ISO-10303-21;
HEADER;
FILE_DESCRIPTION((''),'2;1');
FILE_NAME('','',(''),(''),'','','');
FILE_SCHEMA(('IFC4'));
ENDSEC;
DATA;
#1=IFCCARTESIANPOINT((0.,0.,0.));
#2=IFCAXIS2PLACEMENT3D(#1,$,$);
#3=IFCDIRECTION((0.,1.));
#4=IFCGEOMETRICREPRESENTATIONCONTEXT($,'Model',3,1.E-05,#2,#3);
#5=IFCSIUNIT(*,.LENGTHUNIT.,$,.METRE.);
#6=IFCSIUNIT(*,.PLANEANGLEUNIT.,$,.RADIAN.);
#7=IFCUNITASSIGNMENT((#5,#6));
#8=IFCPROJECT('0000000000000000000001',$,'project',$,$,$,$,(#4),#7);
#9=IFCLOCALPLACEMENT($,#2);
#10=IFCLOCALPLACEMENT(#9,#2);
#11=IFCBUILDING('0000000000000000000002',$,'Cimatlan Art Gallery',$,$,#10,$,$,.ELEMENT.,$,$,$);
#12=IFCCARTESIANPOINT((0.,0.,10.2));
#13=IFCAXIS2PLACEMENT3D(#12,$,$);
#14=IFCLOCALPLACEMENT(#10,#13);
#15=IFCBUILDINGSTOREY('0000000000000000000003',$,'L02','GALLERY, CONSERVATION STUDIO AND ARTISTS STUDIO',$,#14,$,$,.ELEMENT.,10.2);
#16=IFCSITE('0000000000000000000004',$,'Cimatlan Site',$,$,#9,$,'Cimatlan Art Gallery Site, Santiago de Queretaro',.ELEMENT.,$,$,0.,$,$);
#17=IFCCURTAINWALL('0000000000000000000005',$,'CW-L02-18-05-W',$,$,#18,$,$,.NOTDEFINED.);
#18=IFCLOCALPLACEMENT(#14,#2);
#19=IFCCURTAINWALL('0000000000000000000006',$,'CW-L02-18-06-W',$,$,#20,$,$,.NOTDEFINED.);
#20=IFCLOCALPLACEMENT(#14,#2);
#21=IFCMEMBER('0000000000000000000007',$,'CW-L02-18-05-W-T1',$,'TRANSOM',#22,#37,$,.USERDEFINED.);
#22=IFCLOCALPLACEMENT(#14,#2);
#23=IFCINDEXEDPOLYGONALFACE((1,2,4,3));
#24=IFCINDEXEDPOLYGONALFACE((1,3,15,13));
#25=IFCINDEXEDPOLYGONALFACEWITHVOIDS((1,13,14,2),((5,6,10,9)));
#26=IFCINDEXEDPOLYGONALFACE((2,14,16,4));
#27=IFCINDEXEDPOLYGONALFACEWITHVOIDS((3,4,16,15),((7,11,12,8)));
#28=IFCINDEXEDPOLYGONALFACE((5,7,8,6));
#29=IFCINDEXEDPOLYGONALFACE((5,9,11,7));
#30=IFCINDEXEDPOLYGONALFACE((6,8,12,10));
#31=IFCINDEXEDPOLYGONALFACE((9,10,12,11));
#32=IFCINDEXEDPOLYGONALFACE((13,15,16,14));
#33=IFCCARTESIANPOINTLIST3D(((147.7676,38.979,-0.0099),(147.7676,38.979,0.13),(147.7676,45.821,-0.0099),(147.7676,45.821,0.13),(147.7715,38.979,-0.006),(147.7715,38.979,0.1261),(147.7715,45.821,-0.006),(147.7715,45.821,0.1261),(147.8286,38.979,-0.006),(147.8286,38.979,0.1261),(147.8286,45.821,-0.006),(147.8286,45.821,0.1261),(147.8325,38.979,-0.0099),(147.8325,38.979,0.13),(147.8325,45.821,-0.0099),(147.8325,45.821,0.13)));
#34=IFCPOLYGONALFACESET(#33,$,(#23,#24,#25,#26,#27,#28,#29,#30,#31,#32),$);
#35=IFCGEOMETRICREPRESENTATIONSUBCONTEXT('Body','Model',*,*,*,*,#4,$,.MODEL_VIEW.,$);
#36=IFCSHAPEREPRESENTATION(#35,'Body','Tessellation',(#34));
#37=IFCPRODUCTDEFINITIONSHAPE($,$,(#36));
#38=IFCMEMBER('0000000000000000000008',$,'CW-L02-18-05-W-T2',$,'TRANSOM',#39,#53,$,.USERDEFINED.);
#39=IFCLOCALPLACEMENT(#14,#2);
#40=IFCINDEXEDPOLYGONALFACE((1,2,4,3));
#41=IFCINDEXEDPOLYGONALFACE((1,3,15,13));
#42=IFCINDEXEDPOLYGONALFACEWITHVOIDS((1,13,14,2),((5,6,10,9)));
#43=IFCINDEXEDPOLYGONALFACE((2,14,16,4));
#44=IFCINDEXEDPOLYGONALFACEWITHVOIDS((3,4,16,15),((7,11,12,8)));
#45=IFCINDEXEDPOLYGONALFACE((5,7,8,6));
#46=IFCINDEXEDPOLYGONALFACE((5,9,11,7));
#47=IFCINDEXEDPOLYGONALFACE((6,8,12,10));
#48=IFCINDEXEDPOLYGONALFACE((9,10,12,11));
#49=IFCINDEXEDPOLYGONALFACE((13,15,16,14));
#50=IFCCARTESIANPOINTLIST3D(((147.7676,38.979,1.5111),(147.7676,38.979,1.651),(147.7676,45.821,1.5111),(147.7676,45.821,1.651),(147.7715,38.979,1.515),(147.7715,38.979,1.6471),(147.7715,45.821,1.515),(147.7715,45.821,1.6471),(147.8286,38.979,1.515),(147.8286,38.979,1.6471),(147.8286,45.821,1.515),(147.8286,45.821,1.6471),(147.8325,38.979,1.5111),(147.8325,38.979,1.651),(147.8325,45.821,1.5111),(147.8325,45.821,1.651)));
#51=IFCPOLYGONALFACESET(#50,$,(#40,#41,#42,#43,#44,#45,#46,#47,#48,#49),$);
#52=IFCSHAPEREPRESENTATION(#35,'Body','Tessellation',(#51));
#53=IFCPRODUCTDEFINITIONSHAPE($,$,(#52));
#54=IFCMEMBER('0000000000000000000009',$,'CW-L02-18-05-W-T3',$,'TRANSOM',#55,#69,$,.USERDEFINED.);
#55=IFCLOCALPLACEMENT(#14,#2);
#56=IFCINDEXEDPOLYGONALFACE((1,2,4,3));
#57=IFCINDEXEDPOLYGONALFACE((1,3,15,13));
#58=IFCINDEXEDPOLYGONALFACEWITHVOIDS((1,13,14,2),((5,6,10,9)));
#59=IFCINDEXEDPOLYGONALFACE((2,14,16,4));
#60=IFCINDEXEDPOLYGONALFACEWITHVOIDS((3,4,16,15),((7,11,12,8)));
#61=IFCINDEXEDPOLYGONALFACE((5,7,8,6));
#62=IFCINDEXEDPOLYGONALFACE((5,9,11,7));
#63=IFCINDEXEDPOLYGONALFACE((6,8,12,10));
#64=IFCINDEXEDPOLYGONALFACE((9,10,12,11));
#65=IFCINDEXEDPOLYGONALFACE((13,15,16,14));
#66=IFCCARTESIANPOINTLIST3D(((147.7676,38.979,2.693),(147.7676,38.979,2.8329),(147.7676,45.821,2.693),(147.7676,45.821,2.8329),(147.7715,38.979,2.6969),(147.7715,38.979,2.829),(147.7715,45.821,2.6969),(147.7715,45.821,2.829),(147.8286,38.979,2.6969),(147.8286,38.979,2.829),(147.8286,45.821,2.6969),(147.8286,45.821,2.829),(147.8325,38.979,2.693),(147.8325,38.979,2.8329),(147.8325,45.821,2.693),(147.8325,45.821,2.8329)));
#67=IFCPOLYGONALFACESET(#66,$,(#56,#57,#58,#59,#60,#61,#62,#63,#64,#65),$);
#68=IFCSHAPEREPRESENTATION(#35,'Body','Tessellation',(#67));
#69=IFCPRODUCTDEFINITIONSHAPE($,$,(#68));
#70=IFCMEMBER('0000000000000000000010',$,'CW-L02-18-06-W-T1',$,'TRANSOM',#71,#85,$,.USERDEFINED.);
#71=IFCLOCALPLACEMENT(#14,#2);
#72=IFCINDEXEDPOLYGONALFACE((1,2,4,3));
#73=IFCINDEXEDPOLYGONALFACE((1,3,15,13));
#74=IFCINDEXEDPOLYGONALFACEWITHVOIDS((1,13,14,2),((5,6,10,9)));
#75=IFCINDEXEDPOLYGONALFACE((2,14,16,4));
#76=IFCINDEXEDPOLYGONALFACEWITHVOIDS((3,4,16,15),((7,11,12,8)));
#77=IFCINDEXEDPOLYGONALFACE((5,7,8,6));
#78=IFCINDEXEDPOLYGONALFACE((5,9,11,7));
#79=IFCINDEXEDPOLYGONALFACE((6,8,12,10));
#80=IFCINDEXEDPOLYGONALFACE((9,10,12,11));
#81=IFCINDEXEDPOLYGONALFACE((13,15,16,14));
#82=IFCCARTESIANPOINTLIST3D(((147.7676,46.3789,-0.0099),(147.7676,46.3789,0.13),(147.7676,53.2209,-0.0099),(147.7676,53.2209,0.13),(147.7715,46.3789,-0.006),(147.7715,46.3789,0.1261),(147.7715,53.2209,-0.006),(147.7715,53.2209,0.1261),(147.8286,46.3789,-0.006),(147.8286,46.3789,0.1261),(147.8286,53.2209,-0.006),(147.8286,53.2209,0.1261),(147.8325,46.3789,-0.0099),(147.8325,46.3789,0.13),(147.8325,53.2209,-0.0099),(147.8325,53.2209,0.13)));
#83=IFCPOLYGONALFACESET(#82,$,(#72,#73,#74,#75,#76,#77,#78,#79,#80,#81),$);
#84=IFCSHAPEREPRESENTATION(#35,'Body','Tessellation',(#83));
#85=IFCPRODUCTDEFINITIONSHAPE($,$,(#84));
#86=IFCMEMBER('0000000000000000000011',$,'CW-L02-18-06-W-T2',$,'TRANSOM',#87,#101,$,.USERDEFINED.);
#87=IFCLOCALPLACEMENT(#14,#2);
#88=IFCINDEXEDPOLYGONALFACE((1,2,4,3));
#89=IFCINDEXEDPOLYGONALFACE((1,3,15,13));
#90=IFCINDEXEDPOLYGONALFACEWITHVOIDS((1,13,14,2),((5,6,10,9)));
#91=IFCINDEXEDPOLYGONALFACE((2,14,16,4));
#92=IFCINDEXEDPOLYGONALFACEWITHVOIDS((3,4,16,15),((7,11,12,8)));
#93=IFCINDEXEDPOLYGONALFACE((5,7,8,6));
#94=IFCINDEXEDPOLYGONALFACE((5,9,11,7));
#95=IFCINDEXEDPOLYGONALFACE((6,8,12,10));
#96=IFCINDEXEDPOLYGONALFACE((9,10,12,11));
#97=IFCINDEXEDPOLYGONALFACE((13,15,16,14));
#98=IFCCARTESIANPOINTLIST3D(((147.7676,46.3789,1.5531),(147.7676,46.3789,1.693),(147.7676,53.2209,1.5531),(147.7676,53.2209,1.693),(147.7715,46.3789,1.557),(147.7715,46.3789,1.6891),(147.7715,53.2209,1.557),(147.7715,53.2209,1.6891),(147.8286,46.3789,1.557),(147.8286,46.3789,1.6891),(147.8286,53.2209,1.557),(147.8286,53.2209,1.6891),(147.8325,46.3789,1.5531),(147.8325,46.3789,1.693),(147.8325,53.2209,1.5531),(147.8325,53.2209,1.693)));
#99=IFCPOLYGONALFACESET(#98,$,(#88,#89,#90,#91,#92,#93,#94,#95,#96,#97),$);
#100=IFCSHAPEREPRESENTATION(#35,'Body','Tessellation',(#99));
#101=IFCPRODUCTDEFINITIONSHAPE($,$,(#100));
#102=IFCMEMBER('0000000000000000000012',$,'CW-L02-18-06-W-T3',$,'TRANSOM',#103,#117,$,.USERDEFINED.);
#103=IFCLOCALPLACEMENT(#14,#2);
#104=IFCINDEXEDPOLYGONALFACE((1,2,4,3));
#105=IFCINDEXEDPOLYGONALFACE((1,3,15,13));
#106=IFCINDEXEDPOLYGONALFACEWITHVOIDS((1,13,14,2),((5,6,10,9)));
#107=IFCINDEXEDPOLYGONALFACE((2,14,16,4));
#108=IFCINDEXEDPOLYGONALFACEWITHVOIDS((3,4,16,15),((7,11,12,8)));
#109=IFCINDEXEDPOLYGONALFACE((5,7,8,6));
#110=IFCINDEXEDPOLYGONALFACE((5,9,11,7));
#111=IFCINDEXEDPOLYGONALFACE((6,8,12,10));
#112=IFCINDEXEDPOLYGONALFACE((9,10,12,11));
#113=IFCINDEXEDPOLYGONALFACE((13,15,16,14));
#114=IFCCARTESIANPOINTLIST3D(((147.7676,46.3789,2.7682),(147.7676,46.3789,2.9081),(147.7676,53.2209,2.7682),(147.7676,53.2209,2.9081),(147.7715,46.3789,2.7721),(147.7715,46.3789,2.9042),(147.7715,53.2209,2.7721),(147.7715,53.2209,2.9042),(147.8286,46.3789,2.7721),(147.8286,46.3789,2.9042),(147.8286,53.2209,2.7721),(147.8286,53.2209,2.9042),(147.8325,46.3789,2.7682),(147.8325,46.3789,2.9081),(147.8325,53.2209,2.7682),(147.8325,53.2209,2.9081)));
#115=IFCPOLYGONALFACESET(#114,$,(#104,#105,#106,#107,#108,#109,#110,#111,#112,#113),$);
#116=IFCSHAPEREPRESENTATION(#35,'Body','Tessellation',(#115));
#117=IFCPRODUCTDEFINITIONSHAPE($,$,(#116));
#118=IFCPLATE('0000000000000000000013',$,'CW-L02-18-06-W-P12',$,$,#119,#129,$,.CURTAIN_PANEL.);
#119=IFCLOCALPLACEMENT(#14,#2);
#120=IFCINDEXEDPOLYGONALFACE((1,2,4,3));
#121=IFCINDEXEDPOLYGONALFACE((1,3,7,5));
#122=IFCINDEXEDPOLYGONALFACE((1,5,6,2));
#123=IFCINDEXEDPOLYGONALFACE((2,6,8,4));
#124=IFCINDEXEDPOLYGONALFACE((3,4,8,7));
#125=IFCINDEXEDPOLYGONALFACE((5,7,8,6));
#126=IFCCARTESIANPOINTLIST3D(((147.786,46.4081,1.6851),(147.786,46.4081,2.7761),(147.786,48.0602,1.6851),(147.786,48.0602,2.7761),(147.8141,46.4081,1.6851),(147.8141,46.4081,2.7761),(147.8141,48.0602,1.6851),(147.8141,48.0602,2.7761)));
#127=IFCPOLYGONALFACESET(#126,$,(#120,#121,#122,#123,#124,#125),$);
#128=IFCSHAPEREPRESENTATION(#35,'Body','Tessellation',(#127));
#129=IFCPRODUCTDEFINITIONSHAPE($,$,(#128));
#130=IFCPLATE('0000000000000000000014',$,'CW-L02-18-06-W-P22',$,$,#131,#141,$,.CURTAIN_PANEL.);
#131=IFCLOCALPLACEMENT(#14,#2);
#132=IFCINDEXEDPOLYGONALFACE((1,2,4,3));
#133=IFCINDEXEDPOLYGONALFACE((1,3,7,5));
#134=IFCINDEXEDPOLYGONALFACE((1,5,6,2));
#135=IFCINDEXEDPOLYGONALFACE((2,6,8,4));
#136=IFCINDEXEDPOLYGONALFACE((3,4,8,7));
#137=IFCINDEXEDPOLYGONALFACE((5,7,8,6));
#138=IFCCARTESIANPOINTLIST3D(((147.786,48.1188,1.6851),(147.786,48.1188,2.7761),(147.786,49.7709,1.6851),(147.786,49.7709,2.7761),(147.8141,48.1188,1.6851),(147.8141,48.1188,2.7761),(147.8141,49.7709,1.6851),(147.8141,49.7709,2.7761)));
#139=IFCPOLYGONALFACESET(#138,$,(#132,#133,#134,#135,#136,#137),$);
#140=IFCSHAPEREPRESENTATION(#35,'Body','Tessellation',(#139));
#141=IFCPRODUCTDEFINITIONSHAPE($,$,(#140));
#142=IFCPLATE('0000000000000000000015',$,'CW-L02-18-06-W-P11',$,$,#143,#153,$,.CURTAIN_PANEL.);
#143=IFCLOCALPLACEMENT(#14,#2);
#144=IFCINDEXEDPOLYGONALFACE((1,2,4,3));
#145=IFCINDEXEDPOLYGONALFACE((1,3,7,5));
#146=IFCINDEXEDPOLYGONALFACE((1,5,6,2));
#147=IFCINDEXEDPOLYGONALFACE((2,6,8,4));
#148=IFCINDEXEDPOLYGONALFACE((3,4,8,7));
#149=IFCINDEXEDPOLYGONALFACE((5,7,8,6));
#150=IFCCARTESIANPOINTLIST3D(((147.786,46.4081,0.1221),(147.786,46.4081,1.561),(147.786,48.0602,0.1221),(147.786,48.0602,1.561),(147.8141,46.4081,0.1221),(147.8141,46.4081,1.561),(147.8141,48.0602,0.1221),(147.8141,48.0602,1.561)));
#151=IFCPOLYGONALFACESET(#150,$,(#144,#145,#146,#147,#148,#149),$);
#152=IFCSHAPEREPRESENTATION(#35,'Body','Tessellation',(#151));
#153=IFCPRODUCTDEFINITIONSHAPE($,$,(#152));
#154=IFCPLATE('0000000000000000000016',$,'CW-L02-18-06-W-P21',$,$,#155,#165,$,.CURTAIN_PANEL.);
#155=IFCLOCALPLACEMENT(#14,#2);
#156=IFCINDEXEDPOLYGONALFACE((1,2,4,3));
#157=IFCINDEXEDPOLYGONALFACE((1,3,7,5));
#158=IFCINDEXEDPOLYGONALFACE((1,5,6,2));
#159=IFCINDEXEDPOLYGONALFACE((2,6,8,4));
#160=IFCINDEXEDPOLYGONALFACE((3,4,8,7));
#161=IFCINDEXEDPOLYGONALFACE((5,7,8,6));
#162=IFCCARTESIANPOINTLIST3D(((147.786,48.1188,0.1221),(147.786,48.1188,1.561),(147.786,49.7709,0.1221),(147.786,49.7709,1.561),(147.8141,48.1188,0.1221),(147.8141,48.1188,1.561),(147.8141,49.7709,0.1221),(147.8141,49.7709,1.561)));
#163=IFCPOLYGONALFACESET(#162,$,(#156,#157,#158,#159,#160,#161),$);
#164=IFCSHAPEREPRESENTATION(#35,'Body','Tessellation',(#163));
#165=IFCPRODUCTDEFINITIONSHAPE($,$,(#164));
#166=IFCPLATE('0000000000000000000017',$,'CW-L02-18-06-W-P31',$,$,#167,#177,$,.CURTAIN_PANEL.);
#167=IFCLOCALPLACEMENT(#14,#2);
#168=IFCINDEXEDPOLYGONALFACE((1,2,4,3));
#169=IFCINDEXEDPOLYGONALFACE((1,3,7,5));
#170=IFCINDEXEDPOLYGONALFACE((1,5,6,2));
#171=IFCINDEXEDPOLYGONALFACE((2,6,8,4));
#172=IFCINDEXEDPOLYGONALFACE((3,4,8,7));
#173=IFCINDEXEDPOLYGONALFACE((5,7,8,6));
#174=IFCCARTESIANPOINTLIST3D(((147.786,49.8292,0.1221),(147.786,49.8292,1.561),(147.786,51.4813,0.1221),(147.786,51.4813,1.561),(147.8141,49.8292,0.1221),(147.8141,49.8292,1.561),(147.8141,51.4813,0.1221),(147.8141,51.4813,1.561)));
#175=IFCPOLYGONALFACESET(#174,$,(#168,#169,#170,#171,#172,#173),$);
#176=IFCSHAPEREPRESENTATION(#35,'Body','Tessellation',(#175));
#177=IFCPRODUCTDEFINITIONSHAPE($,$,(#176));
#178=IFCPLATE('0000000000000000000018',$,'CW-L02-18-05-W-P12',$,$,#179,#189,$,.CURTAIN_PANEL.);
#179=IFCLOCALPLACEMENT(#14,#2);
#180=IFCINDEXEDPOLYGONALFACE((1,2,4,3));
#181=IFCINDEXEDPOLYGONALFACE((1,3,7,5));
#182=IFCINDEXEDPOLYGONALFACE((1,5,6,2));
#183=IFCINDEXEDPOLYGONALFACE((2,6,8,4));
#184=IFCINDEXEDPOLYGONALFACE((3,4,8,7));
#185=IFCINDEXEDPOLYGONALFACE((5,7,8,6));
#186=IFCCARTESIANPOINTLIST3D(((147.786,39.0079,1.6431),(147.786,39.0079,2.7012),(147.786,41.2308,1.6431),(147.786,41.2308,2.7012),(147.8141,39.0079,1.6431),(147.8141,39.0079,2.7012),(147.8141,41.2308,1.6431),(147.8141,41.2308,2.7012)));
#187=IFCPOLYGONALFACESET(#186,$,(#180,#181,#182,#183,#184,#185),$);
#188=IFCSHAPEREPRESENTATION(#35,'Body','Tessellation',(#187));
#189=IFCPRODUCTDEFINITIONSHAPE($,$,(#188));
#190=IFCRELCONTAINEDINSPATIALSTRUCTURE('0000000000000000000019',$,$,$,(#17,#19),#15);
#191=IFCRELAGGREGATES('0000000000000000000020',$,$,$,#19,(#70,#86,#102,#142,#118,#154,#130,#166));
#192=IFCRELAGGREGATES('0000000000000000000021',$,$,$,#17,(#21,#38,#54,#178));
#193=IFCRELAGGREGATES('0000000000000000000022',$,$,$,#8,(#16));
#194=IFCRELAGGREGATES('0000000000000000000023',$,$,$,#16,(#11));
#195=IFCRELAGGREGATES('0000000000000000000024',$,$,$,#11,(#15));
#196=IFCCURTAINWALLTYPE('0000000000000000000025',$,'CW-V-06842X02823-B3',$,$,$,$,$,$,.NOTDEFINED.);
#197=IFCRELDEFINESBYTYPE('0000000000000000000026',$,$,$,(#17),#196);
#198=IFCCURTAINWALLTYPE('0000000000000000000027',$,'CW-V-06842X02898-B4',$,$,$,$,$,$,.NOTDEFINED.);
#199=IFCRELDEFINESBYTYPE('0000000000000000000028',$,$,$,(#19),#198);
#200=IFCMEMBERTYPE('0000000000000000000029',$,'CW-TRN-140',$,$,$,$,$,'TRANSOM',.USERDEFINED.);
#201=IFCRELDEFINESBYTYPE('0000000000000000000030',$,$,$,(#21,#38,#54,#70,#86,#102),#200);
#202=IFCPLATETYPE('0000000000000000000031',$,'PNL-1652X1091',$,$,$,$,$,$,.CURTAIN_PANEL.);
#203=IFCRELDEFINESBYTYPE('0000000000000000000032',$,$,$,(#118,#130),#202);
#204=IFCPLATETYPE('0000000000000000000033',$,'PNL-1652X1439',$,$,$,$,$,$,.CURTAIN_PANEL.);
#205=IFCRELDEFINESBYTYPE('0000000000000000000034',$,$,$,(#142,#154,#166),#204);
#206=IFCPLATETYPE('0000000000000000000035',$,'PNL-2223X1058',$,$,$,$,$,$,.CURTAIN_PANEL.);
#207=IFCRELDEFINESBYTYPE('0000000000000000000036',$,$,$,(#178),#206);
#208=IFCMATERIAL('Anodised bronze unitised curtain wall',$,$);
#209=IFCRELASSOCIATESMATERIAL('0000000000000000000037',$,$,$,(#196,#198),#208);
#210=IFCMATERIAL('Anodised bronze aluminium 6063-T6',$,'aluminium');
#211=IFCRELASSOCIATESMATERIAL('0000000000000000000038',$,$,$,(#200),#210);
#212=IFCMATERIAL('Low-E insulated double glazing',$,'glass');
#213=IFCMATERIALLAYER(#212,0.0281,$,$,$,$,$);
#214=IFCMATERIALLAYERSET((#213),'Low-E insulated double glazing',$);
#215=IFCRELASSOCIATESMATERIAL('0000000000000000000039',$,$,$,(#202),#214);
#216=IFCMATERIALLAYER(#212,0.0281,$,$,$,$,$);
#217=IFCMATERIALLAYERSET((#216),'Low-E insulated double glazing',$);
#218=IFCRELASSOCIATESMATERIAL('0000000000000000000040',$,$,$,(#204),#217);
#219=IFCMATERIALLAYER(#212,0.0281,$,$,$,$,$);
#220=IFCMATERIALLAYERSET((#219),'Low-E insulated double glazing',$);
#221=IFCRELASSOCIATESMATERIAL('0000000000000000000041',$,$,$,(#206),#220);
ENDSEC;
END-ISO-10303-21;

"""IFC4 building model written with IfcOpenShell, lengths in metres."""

from ifc_helpers import new_model, si_unit, direction, frame, origin, origin_2d, place, context, subcontext, project, spatial, rectangle, hollow_rectangle, extrude, material, layer, layer_set, material_profile, profile_set, type_object, element, aggregate, save


model = new_model("IFC4")

# Units and contexts
model_context = context("Model", 3, precision=1e-05, world=origin(), true_north=direction((0.0, 1.0)))
body_context = subcontext(model_context, "Body", "Model", "MODEL_VIEW")
ifc_project = project(units=[si_unit("LENGTHUNIT", "METRE"), si_unit("PLANEANGLEUNIT", "RADIAN")], contexts=[model_context])

# Site, building, storey
site_placement = place(None, origin())
site = spatial("IfcSite", under=ifc_project, at=site_placement, Name="Cimatlan Site", LongName="Cimatlan Art Gallery Site, Santiago de Queretaro", CompositionType="ELEMENT", RefElevation=0.0)
building_placement = place(site_placement, origin())
building = spatial("IfcBuilding", under=site, at=building_placement, Name="Cimatlan Art Gallery", CompositionType="ELEMENT")
storey_placement = place(building_placement, frame((0.0, 0.0, 10.2)))
storey = spatial("IfcBuildingStorey", under=building, at=storey_placement, Name="L02", Description="GALLERY, CONSERVATION STUDIO AND ARTISTS STUDIO", CompositionType="ELEMENT", Elevation=10.2)

# Curtain walls
ifc_material_1 = material(Name="Anodised bronze unitised curtain wall")
curtain_wall_type_1 = type_object("IfcCurtainWallType", Name="CW-V-06842X02823-B3", PredefinedType="NOTDEFINED", material=ifc_material_1)
curtain_wall_1_placement = place(storey_placement, origin())
curtain_wall_1 = element("IfcCurtainWall", 1, at=curtain_wall_1_placement, inside=storey, type_object=curtain_wall_type_1, Name="CW-L02-18-05-W", PredefinedType="NOTDEFINED")
ifc_material_2 = material(Name="Anodised bronze aluminium 6063-T6", Category="aluminium")
curtain_wall_type_2 = type_object("IfcCurtainWallType", Name="CW-V-06842X02898-B4", PredefinedType="NOTDEFINED", material=ifc_material_1)
curtain_wall_2_placement = place(storey_placement, origin())
curtain_wall_2 = element("IfcCurtainWall", 2, at=curtain_wall_2_placement, inside=storey, type_object=curtain_wall_type_2, Name="CW-L02-18-06-W", PredefinedType="NOTDEFINED")

# Members
ifc_material_profile_1 = material_profile(ifc_material_2, hollow_rectangle(XDim=0.0649, YDim=0.1399, WallThickness=0.0039, at=origin_2d()), Name="ALU65X140X4")
ifc_profile_set_1 = profile_set([ifc_material_profile_1], Name="Anodised bronze aluminium 6063-T6")
member_type_1 = type_object("IfcMemberType", Name="CW-TRN-140", ElementType="TRANSOM", PredefinedType="USERDEFINED", material=ifc_profile_set_1)
member_1_placement = place(storey_placement, frame((147.8, 38.979, 0.0601), z_axis=(0.0, 1.0, 0.0), x_axis=(-1.0, 0.0, 0.0)))
member_1 = element("IfcMember", 3, at=member_1_placement, type_object=member_type_1, Name="CW-L02-18-05-W-T1", ObjectType="TRANSOM", PredefinedType="USERDEFINED", context=body_context, shape_type="SweptSolid", body=[
    extrude(hollow_rectangle(XDim=0.0649, YDim=0.1399, WallThickness=0.0039, at=origin_2d()), origin(), (0.0, 0.0, 1.0), 6.842),
])
member_2_placement = place(storey_placement, frame((147.8, 38.979, 1.5811), z_axis=(0.0, 1.0, 0.0), x_axis=(-1.0, 0.0, 0.0)))
member_2 = element("IfcMember", 4, at=member_2_placement, type_object=member_type_1, Name="CW-L02-18-05-W-T2", ObjectType="TRANSOM", PredefinedType="USERDEFINED", context=body_context, shape_type="SweptSolid", body=[
    extrude(hollow_rectangle(XDim=0.0649, YDim=0.1399, WallThickness=0.0039, at=origin_2d()), origin(), (0.0, 0.0, 1.0), 6.842),
])
member_3_placement = place(storey_placement, frame((147.8, 38.979, 2.7629), z_axis=(0.0, 1.0, 0.0), x_axis=(-1.0, 0.0, 0.0)))
member_3 = element("IfcMember", 5, at=member_3_placement, type_object=member_type_1, Name="CW-L02-18-05-W-T3", ObjectType="TRANSOM", PredefinedType="USERDEFINED", context=body_context, shape_type="SweptSolid", body=[
    extrude(hollow_rectangle(XDim=0.0649, YDim=0.1399, WallThickness=0.0039, at=origin_2d()), origin(), (0.0, 0.0, 1.0), 6.842),
])
member_4_placement = place(storey_placement, frame((147.8, 46.3789, 0.0601), z_axis=(0.0, 1.0, 0.0), x_axis=(-1.0, 0.0, 0.0)))
member_4 = element("IfcMember", 6, at=member_4_placement, type_object=member_type_1, Name="CW-L02-18-06-W-T1", ObjectType="TRANSOM", PredefinedType="USERDEFINED", context=body_context, shape_type="SweptSolid", body=[
    extrude(hollow_rectangle(XDim=0.0649, YDim=0.1399, WallThickness=0.0039, at=origin_2d()), origin(), (0.0, 0.0, 1.0), 6.842),
])
member_5_placement = place(storey_placement, frame((147.8, 46.3789, 1.623), z_axis=(0.0, 1.0, 0.0), x_axis=(-1.0, 0.0, 0.0)))
member_5 = element("IfcMember", 7, at=member_5_placement, type_object=member_type_1, Name="CW-L02-18-06-W-T2", ObjectType="TRANSOM", PredefinedType="USERDEFINED", context=body_context, shape_type="SweptSolid", body=[
    extrude(hollow_rectangle(XDim=0.0649, YDim=0.1399, WallThickness=0.0039, at=origin_2d()), origin(), (0.0, 0.0, 1.0), 6.842),
])
member_6_placement = place(storey_placement, frame((147.8, 46.3789, 2.8381), z_axis=(0.0, 1.0, 0.0), x_axis=(-1.0, 0.0, 0.0)))
member_6 = element("IfcMember", 8, at=member_6_placement, type_object=member_type_1, Name="CW-L02-18-06-W-T3", ObjectType="TRANSOM", PredefinedType="USERDEFINED", context=body_context, shape_type="SweptSolid", body=[
    extrude(hollow_rectangle(XDim=0.0649, YDim=0.1399, WallThickness=0.0039, at=origin_2d()), origin(), (0.0, 0.0, 1.0), 6.842),
])

# Plates
ifc_material_3 = material(Name="Low-E insulated double glazing", Category="glass")
ifc_layer_1 = layer(ifc_material_3, 0.0281)
ifc_layer_set_1 = layer_set([ifc_layer_1], Name="Low-E insulated double glazing")
plate_type_1 = type_object("IfcPlateType", Name="PNL-1652X1091", PredefinedType="CURTAIN_PANEL", material=ifc_layer_set_1)
plate_1_placement = place(storey_placement, frame((147.8, 47.2341, 1.6851), z_axis=(0.0, 0.0, 1.0), x_axis=(0.0, 1.0, 0.0)))
plate_1 = element("IfcPlate", 9, at=plate_1_placement, type_object=plate_type_1, Name="CW-L02-18-06-W-P12", PredefinedType="CURTAIN_PANEL", context=body_context, shape_type="SweptSolid", body=[
    extrude(rectangle(XDim=1.6521, YDim=0.0281, at=origin_2d()), origin(), (0.0, 0.0, 1.0), 1.0911),
])
plate_2_placement = place(storey_placement, frame((147.8, 48.9448, 1.6851), z_axis=(0.0, 0.0, 1.0), x_axis=(0.0, 1.0, 0.0)))
plate_2 = element("IfcPlate", 10, at=plate_2_placement, type_object=plate_type_1, Name="CW-L02-18-06-W-P22", PredefinedType="CURTAIN_PANEL", context=body_context, shape_type="SweptSolid", body=[
    extrude(rectangle(XDim=1.6521, YDim=0.0281, at=origin_2d()), origin(), (0.0, 0.0, 1.0), 1.0911),
])
ifc_layer_2 = layer(ifc_material_3, 0.0281)
ifc_layer_set_2 = layer_set([ifc_layer_2], Name="Low-E insulated double glazing")
plate_type_2 = type_object("IfcPlateType", Name="PNL-1652X1439", PredefinedType="CURTAIN_PANEL", material=ifc_layer_set_2)
plate_3_placement = place(storey_placement, frame((147.8, 47.2341, 0.1221), z_axis=(0.0, 0.0, 1.0), x_axis=(0.0, 1.0, 0.0)))
plate_3 = element("IfcPlate", 11, at=plate_3_placement, type_object=plate_type_2, Name="CW-L02-18-06-W-P11", PredefinedType="CURTAIN_PANEL", context=body_context, shape_type="SweptSolid", body=[
    extrude(rectangle(XDim=1.6521, YDim=0.0281, at=origin_2d()), origin(), (0.0, 0.0, 1.0), 1.439),
])
plate_4_placement = place(storey_placement, frame((147.8, 48.9448, 0.1221), z_axis=(0.0, 0.0, 1.0), x_axis=(0.0, 1.0, 0.0)))
plate_4 = element("IfcPlate", 12, at=plate_4_placement, type_object=plate_type_2, Name="CW-L02-18-06-W-P21", PredefinedType="CURTAIN_PANEL", context=body_context, shape_type="SweptSolid", body=[
    extrude(rectangle(XDim=1.6521, YDim=0.0281, at=origin_2d()), origin(), (0.0, 0.0, 1.0), 1.439),
])
plate_5_placement = place(storey_placement, frame((147.8, 50.6553, 0.1221), z_axis=(0.0, 0.0, 1.0), x_axis=(0.0, 1.0, 0.0)))
plate_5 = element("IfcPlate", 13, at=plate_5_placement, type_object=plate_type_2, Name="CW-L02-18-06-W-P31", PredefinedType="CURTAIN_PANEL", context=body_context, shape_type="SweptSolid", body=[
    extrude(rectangle(XDim=1.6521, YDim=0.0281, at=origin_2d()), origin(), (0.0, 0.0, 1.0), 1.439),
])
aggregate(curtain_wall_2, [member_4, member_5, member_6, plate_3, plate_1, plate_4, plate_2, plate_5])
ifc_layer_3 = layer(ifc_material_3, 0.0281)
ifc_layer_set_3 = layer_set([ifc_layer_3], Name="Low-E insulated double glazing")
plate_type_3 = type_object("IfcPlateType", Name="PNL-2223X1058", PredefinedType="CURTAIN_PANEL", material=ifc_layer_set_3)
plate_6_placement = place(storey_placement, frame((147.8, 40.1194, 1.6431), z_axis=(0.0, 0.0, 1.0), x_axis=(0.0, 1.0, 0.0)))
plate_6 = element("IfcPlate", 14, at=plate_6_placement, type_object=plate_type_3, Name="CW-L02-18-05-W-P12", PredefinedType="CURTAIN_PANEL", context=body_context, shape_type="SweptSolid", body=[
    extrude(rectangle(XDim=2.2229, YDim=0.0281, at=origin_2d()), origin(), (0.0, 0.0, 1.0), 1.0581),
])
aggregate(curtain_wall_1, [member_1, member_2, member_3, plate_6])

save(model, "model.ifc")
